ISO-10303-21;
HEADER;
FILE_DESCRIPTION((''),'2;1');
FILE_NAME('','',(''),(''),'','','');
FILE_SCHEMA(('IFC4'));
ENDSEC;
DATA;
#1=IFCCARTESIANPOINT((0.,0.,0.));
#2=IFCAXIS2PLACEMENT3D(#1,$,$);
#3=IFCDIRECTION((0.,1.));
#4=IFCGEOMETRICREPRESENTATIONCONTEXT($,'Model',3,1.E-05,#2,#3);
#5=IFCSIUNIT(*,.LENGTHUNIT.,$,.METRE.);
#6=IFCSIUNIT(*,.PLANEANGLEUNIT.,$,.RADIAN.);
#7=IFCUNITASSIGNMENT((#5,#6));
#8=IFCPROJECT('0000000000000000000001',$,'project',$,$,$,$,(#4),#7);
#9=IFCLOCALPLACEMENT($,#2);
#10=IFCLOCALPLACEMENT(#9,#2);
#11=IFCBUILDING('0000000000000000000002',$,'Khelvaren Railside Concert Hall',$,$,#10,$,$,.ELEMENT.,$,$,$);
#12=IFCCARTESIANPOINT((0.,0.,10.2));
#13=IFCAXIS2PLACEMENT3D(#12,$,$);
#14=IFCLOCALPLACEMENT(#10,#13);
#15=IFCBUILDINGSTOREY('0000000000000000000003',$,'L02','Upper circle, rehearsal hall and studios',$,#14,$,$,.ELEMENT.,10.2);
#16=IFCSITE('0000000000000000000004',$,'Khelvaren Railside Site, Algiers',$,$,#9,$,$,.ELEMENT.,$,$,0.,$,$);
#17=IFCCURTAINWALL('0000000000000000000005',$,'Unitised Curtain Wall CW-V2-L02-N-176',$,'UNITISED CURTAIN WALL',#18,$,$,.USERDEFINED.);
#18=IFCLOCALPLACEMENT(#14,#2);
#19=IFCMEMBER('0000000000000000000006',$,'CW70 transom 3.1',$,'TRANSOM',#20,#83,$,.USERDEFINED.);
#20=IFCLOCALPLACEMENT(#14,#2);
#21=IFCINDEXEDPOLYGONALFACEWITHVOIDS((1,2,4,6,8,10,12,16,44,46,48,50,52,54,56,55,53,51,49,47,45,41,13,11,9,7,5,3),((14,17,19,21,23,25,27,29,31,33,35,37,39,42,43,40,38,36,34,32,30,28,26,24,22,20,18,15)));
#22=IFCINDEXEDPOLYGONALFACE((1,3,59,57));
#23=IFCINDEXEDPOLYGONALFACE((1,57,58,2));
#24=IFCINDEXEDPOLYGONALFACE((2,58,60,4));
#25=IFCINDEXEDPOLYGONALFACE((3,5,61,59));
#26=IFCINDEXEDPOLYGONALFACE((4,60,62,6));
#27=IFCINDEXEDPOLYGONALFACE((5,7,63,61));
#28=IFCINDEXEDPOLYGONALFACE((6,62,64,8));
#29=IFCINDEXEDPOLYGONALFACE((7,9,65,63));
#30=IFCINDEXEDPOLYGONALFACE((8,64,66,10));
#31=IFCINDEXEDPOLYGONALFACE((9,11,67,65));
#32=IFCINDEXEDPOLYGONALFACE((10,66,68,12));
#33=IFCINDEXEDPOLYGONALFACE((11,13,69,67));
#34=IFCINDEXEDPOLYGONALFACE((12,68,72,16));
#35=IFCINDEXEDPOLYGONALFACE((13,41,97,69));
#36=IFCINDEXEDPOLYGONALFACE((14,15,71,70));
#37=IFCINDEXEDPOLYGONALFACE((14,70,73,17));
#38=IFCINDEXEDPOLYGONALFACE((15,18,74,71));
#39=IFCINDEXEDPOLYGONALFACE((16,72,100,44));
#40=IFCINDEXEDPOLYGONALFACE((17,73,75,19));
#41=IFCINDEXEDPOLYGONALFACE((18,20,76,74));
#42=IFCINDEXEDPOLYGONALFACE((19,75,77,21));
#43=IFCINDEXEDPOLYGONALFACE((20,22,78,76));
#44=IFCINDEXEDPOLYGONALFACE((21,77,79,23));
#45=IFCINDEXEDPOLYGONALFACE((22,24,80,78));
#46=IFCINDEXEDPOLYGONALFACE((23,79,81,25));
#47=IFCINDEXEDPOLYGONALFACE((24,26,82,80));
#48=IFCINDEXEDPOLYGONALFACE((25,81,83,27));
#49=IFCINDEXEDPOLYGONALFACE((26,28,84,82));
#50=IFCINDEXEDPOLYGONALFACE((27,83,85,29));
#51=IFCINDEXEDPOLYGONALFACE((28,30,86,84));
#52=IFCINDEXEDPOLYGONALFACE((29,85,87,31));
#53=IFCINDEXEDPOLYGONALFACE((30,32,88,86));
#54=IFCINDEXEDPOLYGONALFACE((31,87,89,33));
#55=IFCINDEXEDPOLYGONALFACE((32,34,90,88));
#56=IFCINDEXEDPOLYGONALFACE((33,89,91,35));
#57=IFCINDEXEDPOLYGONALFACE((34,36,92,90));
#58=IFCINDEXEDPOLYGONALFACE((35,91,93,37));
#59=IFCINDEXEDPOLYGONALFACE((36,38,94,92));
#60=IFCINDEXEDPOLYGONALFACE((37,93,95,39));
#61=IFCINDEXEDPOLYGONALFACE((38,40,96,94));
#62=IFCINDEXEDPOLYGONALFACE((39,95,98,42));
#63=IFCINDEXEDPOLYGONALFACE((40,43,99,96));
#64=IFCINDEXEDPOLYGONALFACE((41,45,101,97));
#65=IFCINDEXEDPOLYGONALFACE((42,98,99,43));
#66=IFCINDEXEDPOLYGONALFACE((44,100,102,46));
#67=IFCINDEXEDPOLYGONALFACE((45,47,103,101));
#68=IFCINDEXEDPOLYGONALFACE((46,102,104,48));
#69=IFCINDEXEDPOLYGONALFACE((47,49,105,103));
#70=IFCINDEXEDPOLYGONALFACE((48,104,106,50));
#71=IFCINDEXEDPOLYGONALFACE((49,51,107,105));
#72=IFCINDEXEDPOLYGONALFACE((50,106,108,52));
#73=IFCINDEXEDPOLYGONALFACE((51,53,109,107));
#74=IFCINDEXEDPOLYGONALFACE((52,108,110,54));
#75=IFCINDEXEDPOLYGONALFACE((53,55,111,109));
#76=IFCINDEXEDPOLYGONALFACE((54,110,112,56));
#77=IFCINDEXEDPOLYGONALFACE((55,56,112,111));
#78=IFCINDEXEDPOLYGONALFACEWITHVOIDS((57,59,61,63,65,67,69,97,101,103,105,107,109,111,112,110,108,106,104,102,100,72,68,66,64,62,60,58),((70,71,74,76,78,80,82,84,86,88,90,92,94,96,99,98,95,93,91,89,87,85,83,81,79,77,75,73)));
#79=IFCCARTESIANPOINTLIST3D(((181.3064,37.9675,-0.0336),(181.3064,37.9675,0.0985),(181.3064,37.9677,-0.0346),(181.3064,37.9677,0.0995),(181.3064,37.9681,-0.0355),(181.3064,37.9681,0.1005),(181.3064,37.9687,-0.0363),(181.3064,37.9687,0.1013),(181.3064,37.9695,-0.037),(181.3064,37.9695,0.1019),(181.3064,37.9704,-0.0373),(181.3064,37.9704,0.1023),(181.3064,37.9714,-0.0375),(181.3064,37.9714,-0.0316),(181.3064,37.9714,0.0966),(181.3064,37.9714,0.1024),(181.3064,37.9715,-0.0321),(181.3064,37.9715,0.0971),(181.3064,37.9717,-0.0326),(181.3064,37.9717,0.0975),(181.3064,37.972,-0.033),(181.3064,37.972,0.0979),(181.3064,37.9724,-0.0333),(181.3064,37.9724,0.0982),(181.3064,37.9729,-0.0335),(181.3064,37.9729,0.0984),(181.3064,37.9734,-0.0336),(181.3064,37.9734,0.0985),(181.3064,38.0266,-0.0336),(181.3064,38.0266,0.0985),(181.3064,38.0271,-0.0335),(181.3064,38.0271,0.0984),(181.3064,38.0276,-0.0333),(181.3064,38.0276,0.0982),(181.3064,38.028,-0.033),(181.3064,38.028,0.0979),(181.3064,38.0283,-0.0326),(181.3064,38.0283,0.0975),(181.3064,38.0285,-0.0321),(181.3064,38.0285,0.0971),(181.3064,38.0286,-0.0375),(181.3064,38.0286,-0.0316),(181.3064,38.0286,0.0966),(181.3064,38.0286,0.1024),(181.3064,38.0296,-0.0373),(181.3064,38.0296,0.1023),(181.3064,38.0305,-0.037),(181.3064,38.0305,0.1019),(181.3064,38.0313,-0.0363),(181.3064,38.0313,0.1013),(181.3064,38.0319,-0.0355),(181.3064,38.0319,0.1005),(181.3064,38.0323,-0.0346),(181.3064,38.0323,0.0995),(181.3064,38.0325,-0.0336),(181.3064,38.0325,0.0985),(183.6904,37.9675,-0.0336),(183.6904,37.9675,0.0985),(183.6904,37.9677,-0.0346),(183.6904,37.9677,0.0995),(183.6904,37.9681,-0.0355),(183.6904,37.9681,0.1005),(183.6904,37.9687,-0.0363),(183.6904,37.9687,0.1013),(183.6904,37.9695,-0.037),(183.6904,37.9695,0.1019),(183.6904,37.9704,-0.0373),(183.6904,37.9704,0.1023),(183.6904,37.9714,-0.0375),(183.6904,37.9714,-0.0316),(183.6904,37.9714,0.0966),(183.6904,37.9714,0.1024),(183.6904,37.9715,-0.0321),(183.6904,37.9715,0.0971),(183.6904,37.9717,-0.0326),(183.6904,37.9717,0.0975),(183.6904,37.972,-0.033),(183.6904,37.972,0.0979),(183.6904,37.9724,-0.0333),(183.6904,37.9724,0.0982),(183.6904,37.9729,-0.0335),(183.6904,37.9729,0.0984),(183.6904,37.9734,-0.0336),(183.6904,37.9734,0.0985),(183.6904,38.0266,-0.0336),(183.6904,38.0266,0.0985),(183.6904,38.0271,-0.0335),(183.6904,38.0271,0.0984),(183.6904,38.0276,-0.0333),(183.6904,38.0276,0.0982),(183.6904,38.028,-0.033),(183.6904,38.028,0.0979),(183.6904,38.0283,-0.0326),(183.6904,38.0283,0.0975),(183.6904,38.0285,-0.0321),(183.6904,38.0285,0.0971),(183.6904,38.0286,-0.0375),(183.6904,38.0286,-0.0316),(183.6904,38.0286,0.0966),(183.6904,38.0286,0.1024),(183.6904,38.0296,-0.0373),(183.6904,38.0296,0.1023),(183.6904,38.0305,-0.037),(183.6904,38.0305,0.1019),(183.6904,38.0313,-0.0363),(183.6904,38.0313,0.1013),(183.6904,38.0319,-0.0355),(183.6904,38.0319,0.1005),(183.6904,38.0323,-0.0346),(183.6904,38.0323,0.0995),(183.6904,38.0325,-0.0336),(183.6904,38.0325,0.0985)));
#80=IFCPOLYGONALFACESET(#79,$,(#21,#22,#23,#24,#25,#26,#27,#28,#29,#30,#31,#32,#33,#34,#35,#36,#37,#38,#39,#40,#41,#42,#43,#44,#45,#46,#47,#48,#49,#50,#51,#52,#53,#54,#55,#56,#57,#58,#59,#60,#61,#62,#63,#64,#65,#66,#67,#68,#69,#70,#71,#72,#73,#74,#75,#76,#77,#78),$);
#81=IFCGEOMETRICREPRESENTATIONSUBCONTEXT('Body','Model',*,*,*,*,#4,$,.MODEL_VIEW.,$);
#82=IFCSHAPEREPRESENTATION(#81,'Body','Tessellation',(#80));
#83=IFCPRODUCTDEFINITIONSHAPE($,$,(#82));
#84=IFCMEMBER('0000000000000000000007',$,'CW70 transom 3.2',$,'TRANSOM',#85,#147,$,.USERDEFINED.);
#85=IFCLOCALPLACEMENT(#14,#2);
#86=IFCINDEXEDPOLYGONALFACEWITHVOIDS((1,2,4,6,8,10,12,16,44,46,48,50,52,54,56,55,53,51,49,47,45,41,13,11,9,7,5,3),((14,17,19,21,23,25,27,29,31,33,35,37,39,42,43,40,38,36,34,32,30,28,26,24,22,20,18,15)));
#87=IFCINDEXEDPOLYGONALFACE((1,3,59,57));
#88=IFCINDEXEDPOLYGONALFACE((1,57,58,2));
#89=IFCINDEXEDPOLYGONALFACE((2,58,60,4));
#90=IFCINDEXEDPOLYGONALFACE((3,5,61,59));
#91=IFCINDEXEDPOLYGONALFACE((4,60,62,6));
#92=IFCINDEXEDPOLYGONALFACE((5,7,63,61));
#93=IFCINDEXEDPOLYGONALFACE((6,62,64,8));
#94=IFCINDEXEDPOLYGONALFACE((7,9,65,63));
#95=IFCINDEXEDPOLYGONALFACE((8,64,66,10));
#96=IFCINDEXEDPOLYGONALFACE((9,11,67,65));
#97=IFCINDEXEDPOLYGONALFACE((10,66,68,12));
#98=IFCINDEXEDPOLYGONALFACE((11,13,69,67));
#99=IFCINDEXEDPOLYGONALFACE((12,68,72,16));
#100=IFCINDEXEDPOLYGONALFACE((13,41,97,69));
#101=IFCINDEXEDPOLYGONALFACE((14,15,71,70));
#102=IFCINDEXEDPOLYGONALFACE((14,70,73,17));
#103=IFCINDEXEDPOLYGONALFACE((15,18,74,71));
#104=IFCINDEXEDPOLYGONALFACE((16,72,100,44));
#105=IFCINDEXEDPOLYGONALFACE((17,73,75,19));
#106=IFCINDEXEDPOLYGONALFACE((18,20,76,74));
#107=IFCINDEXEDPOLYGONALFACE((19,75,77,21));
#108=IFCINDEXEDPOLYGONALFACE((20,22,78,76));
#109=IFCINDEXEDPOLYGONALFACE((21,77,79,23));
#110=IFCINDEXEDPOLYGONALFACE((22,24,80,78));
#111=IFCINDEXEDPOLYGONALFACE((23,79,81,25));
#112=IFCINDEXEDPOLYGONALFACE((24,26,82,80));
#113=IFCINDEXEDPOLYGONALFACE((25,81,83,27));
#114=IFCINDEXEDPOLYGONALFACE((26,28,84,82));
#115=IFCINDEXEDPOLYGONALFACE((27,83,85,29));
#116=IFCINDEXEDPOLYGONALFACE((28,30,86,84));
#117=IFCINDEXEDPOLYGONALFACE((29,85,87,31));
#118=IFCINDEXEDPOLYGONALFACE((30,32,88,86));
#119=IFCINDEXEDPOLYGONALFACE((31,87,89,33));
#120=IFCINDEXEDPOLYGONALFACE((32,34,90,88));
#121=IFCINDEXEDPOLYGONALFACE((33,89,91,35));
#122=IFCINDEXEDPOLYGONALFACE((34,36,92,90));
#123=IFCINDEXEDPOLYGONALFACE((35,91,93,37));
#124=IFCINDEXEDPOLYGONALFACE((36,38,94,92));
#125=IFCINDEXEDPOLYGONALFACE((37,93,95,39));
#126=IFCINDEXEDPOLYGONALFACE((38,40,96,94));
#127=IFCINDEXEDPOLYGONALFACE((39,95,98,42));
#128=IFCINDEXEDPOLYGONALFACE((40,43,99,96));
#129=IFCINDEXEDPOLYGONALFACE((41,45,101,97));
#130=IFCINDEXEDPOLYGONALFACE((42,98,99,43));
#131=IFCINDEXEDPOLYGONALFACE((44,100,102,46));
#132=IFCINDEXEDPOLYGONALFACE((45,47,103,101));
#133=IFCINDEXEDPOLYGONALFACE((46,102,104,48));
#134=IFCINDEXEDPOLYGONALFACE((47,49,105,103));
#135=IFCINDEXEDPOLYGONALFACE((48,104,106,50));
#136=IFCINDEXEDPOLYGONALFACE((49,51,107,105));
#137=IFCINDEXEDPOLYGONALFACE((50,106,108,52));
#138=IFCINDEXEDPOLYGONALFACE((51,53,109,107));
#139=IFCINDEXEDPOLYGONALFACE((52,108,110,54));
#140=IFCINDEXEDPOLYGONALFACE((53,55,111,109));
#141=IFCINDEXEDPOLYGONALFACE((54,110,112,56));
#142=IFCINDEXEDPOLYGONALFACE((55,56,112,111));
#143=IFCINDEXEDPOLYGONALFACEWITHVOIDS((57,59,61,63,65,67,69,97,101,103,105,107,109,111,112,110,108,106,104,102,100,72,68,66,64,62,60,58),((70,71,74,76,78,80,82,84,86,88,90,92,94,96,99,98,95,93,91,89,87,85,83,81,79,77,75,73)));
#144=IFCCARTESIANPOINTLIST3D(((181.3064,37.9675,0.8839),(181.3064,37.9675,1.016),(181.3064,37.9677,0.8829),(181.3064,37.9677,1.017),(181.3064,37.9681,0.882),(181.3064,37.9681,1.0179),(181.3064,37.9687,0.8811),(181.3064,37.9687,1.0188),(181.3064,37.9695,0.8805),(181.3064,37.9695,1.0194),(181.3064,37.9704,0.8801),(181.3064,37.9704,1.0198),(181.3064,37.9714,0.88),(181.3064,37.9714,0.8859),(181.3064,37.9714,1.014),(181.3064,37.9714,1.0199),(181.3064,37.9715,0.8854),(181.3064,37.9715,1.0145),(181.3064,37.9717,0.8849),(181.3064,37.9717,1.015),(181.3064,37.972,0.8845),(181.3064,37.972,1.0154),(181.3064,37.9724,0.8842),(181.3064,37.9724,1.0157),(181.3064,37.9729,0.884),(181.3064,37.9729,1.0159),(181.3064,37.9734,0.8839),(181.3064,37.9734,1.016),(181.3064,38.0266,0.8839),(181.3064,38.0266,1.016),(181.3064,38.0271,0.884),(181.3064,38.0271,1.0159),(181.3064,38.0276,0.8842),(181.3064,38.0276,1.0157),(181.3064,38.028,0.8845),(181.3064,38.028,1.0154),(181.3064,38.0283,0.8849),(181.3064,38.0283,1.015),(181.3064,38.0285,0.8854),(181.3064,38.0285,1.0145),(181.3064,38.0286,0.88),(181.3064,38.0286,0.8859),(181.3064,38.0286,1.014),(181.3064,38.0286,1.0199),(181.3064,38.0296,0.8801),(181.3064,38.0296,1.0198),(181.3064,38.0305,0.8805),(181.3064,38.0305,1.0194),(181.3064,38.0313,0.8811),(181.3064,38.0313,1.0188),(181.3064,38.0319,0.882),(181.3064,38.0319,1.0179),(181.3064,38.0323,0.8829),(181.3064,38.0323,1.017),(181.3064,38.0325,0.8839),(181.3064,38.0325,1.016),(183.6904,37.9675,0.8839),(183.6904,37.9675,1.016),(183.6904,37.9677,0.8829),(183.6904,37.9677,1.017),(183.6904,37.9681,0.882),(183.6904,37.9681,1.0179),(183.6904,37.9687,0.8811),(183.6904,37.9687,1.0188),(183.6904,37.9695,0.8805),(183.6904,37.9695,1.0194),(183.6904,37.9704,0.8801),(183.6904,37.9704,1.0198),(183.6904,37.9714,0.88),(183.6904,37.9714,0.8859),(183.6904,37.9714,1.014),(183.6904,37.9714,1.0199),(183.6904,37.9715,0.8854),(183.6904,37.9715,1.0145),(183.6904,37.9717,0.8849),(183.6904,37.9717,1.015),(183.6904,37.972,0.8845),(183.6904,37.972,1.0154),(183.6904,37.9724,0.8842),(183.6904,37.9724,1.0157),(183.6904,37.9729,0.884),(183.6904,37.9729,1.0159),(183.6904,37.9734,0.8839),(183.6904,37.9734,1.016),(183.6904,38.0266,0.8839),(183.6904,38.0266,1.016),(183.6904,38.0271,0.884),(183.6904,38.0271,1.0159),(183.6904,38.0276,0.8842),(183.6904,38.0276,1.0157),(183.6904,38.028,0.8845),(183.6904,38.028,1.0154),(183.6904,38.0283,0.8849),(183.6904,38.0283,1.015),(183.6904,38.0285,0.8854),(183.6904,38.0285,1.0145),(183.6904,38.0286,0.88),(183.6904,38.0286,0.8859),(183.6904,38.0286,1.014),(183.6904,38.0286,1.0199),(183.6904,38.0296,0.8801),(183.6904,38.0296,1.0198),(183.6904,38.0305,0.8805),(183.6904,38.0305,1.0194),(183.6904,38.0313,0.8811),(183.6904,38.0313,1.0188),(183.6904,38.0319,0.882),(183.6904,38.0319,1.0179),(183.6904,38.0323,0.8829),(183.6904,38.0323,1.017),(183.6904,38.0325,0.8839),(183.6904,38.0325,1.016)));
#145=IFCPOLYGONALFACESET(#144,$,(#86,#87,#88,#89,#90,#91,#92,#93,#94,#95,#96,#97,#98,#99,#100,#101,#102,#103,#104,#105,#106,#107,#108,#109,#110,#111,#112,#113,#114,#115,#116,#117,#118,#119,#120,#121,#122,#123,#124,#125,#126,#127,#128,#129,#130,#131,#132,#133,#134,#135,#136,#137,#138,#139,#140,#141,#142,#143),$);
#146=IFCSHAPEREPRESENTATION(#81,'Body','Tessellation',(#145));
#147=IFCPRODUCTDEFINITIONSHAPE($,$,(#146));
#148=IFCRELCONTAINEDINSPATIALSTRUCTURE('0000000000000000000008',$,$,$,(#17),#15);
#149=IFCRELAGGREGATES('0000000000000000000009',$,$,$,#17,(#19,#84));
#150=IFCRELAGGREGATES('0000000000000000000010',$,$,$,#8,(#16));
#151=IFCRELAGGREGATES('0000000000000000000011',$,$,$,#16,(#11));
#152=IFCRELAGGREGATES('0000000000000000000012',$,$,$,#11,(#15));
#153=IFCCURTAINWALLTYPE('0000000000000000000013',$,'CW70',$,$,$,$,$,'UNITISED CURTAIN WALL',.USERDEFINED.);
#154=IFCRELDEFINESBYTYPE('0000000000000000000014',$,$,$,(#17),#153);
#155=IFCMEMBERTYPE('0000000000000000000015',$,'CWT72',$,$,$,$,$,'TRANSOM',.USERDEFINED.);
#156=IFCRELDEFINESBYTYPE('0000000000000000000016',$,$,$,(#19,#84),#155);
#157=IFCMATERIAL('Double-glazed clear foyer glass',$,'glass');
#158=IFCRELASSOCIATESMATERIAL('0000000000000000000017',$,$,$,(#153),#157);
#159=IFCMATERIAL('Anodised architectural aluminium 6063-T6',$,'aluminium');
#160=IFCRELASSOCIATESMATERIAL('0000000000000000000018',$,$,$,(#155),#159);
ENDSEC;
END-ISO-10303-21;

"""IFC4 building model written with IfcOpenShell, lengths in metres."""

from ifc_helpers import new_model, si_unit, direction, frame, origin, origin_2d, place, context, subcontext, project, spatial, hollow_rectangle, extrude, material, material_profile, profile_set, type_object, element, aggregate, save


model = new_model("IFC4")

# Units and contexts
model_context = context("Model", 3, precision=1e-05, world=origin(), true_north=direction((0.0, 1.0)))
body_context = subcontext(model_context, "Body", "Model", "MODEL_VIEW")
ifc_project = project(units=[si_unit("LENGTHUNIT", "METRE"), si_unit("PLANEANGLEUNIT", "RADIAN")], contexts=[model_context])

# Site, building, storey
site_placement = place(None, origin())
site = spatial("IfcSite", under=ifc_project, at=site_placement, Name="Khelvaren Railside Site, Algiers", CompositionType="ELEMENT", RefElevation=0.0)
building_placement = place(site_placement, origin())
building = spatial("IfcBuilding", under=site, at=building_placement, Name="Khelvaren Railside Concert Hall", CompositionType="ELEMENT")
storey_placement = place(building_placement, frame((0.0, 0.0, 10.2)))
storey = spatial("IfcBuildingStorey", under=building, at=storey_placement, Name="L02", Description="Upper circle, rehearsal hall and studios", CompositionType="ELEMENT", Elevation=10.2)

# Curtain wall
ifc_material_1 = material(Name="Double-glazed clear foyer glass", Category="glass")
curtain_wall_type_1 = type_object("IfcCurtainWallType", Name="CW70", ElementType="UNITISED CURTAIN WALL", PredefinedType="USERDEFINED", material=ifc_material_1)
curtain_wall_1_placement = place(storey_placement, origin())
curtain_wall_1 = element("IfcCurtainWall", 1, at=curtain_wall_1_placement, inside=storey, type_object=curtain_wall_type_1, Name="Unitised Curtain Wall CW-V2-L02-N-176", ObjectType="UNITISED CURTAIN WALL", PredefinedType="USERDEFINED")
ifc_material_2 = material(Name="Anodised architectural aluminium 6063-T6", Category="aluminium")

# Members
ifc_material_profile_1 = material_profile(ifc_material_2, hollow_rectangle(XDim=0.0649, YDim=0.1399, WallThickness=0.0039, InnerFilletRadius=0.002, OuterFilletRadius=0.0039, at=origin_2d()), Name="CWT 65x140x4")
ifc_profile_set_1 = profile_set([ifc_material_profile_1], Name="Anodised architectural aluminium 6063-T6")
member_type_1 = type_object("IfcMemberType", Name="CWT72", ElementType="TRANSOM", PredefinedType="USERDEFINED", material=ifc_profile_set_1)
member_1_placement = place(storey_placement, frame((181.3064, 38.0, 0.0325), z_axis=(1.0, 0.0, 0.0), x_axis=(0.0, 1.0, 0.0)))
member_1 = element("IfcMember", 2, at=member_1_placement, type_object=member_type_1, Name="CW70 transom 3.1", ObjectType="TRANSOM", PredefinedType="USERDEFINED", context=body_context, shape_type="SweptSolid", body=[
    extrude(hollow_rectangle(XDim=0.0649, YDim=0.1399, WallThickness=0.0039, InnerFilletRadius=0.002, OuterFilletRadius=0.0039, at=origin_2d()), origin(), (0.0, 0.0, 1.0), 2.384),
])
member_2_placement = place(storey_placement, frame((181.3064, 38.0, 0.95), z_axis=(1.0, 0.0, 0.0), x_axis=(0.0, 1.0, 0.0)))
member_2 = element("IfcMember", 3, at=member_2_placement, type_object=member_type_1, Name="CW70 transom 3.2", ObjectType="TRANSOM", PredefinedType="USERDEFINED", context=body_context, shape_type="SweptSolid", body=[
    extrude(hollow_rectangle(XDim=0.0649, YDim=0.1399, WallThickness=0.0039, InnerFilletRadius=0.002, OuterFilletRadius=0.0039, at=origin_2d()), origin(), (0.0, 0.0, 1.0), 2.384),
])

aggregate(curtain_wall_1, [member_1, member_2])

save(model, "model.ifc")
